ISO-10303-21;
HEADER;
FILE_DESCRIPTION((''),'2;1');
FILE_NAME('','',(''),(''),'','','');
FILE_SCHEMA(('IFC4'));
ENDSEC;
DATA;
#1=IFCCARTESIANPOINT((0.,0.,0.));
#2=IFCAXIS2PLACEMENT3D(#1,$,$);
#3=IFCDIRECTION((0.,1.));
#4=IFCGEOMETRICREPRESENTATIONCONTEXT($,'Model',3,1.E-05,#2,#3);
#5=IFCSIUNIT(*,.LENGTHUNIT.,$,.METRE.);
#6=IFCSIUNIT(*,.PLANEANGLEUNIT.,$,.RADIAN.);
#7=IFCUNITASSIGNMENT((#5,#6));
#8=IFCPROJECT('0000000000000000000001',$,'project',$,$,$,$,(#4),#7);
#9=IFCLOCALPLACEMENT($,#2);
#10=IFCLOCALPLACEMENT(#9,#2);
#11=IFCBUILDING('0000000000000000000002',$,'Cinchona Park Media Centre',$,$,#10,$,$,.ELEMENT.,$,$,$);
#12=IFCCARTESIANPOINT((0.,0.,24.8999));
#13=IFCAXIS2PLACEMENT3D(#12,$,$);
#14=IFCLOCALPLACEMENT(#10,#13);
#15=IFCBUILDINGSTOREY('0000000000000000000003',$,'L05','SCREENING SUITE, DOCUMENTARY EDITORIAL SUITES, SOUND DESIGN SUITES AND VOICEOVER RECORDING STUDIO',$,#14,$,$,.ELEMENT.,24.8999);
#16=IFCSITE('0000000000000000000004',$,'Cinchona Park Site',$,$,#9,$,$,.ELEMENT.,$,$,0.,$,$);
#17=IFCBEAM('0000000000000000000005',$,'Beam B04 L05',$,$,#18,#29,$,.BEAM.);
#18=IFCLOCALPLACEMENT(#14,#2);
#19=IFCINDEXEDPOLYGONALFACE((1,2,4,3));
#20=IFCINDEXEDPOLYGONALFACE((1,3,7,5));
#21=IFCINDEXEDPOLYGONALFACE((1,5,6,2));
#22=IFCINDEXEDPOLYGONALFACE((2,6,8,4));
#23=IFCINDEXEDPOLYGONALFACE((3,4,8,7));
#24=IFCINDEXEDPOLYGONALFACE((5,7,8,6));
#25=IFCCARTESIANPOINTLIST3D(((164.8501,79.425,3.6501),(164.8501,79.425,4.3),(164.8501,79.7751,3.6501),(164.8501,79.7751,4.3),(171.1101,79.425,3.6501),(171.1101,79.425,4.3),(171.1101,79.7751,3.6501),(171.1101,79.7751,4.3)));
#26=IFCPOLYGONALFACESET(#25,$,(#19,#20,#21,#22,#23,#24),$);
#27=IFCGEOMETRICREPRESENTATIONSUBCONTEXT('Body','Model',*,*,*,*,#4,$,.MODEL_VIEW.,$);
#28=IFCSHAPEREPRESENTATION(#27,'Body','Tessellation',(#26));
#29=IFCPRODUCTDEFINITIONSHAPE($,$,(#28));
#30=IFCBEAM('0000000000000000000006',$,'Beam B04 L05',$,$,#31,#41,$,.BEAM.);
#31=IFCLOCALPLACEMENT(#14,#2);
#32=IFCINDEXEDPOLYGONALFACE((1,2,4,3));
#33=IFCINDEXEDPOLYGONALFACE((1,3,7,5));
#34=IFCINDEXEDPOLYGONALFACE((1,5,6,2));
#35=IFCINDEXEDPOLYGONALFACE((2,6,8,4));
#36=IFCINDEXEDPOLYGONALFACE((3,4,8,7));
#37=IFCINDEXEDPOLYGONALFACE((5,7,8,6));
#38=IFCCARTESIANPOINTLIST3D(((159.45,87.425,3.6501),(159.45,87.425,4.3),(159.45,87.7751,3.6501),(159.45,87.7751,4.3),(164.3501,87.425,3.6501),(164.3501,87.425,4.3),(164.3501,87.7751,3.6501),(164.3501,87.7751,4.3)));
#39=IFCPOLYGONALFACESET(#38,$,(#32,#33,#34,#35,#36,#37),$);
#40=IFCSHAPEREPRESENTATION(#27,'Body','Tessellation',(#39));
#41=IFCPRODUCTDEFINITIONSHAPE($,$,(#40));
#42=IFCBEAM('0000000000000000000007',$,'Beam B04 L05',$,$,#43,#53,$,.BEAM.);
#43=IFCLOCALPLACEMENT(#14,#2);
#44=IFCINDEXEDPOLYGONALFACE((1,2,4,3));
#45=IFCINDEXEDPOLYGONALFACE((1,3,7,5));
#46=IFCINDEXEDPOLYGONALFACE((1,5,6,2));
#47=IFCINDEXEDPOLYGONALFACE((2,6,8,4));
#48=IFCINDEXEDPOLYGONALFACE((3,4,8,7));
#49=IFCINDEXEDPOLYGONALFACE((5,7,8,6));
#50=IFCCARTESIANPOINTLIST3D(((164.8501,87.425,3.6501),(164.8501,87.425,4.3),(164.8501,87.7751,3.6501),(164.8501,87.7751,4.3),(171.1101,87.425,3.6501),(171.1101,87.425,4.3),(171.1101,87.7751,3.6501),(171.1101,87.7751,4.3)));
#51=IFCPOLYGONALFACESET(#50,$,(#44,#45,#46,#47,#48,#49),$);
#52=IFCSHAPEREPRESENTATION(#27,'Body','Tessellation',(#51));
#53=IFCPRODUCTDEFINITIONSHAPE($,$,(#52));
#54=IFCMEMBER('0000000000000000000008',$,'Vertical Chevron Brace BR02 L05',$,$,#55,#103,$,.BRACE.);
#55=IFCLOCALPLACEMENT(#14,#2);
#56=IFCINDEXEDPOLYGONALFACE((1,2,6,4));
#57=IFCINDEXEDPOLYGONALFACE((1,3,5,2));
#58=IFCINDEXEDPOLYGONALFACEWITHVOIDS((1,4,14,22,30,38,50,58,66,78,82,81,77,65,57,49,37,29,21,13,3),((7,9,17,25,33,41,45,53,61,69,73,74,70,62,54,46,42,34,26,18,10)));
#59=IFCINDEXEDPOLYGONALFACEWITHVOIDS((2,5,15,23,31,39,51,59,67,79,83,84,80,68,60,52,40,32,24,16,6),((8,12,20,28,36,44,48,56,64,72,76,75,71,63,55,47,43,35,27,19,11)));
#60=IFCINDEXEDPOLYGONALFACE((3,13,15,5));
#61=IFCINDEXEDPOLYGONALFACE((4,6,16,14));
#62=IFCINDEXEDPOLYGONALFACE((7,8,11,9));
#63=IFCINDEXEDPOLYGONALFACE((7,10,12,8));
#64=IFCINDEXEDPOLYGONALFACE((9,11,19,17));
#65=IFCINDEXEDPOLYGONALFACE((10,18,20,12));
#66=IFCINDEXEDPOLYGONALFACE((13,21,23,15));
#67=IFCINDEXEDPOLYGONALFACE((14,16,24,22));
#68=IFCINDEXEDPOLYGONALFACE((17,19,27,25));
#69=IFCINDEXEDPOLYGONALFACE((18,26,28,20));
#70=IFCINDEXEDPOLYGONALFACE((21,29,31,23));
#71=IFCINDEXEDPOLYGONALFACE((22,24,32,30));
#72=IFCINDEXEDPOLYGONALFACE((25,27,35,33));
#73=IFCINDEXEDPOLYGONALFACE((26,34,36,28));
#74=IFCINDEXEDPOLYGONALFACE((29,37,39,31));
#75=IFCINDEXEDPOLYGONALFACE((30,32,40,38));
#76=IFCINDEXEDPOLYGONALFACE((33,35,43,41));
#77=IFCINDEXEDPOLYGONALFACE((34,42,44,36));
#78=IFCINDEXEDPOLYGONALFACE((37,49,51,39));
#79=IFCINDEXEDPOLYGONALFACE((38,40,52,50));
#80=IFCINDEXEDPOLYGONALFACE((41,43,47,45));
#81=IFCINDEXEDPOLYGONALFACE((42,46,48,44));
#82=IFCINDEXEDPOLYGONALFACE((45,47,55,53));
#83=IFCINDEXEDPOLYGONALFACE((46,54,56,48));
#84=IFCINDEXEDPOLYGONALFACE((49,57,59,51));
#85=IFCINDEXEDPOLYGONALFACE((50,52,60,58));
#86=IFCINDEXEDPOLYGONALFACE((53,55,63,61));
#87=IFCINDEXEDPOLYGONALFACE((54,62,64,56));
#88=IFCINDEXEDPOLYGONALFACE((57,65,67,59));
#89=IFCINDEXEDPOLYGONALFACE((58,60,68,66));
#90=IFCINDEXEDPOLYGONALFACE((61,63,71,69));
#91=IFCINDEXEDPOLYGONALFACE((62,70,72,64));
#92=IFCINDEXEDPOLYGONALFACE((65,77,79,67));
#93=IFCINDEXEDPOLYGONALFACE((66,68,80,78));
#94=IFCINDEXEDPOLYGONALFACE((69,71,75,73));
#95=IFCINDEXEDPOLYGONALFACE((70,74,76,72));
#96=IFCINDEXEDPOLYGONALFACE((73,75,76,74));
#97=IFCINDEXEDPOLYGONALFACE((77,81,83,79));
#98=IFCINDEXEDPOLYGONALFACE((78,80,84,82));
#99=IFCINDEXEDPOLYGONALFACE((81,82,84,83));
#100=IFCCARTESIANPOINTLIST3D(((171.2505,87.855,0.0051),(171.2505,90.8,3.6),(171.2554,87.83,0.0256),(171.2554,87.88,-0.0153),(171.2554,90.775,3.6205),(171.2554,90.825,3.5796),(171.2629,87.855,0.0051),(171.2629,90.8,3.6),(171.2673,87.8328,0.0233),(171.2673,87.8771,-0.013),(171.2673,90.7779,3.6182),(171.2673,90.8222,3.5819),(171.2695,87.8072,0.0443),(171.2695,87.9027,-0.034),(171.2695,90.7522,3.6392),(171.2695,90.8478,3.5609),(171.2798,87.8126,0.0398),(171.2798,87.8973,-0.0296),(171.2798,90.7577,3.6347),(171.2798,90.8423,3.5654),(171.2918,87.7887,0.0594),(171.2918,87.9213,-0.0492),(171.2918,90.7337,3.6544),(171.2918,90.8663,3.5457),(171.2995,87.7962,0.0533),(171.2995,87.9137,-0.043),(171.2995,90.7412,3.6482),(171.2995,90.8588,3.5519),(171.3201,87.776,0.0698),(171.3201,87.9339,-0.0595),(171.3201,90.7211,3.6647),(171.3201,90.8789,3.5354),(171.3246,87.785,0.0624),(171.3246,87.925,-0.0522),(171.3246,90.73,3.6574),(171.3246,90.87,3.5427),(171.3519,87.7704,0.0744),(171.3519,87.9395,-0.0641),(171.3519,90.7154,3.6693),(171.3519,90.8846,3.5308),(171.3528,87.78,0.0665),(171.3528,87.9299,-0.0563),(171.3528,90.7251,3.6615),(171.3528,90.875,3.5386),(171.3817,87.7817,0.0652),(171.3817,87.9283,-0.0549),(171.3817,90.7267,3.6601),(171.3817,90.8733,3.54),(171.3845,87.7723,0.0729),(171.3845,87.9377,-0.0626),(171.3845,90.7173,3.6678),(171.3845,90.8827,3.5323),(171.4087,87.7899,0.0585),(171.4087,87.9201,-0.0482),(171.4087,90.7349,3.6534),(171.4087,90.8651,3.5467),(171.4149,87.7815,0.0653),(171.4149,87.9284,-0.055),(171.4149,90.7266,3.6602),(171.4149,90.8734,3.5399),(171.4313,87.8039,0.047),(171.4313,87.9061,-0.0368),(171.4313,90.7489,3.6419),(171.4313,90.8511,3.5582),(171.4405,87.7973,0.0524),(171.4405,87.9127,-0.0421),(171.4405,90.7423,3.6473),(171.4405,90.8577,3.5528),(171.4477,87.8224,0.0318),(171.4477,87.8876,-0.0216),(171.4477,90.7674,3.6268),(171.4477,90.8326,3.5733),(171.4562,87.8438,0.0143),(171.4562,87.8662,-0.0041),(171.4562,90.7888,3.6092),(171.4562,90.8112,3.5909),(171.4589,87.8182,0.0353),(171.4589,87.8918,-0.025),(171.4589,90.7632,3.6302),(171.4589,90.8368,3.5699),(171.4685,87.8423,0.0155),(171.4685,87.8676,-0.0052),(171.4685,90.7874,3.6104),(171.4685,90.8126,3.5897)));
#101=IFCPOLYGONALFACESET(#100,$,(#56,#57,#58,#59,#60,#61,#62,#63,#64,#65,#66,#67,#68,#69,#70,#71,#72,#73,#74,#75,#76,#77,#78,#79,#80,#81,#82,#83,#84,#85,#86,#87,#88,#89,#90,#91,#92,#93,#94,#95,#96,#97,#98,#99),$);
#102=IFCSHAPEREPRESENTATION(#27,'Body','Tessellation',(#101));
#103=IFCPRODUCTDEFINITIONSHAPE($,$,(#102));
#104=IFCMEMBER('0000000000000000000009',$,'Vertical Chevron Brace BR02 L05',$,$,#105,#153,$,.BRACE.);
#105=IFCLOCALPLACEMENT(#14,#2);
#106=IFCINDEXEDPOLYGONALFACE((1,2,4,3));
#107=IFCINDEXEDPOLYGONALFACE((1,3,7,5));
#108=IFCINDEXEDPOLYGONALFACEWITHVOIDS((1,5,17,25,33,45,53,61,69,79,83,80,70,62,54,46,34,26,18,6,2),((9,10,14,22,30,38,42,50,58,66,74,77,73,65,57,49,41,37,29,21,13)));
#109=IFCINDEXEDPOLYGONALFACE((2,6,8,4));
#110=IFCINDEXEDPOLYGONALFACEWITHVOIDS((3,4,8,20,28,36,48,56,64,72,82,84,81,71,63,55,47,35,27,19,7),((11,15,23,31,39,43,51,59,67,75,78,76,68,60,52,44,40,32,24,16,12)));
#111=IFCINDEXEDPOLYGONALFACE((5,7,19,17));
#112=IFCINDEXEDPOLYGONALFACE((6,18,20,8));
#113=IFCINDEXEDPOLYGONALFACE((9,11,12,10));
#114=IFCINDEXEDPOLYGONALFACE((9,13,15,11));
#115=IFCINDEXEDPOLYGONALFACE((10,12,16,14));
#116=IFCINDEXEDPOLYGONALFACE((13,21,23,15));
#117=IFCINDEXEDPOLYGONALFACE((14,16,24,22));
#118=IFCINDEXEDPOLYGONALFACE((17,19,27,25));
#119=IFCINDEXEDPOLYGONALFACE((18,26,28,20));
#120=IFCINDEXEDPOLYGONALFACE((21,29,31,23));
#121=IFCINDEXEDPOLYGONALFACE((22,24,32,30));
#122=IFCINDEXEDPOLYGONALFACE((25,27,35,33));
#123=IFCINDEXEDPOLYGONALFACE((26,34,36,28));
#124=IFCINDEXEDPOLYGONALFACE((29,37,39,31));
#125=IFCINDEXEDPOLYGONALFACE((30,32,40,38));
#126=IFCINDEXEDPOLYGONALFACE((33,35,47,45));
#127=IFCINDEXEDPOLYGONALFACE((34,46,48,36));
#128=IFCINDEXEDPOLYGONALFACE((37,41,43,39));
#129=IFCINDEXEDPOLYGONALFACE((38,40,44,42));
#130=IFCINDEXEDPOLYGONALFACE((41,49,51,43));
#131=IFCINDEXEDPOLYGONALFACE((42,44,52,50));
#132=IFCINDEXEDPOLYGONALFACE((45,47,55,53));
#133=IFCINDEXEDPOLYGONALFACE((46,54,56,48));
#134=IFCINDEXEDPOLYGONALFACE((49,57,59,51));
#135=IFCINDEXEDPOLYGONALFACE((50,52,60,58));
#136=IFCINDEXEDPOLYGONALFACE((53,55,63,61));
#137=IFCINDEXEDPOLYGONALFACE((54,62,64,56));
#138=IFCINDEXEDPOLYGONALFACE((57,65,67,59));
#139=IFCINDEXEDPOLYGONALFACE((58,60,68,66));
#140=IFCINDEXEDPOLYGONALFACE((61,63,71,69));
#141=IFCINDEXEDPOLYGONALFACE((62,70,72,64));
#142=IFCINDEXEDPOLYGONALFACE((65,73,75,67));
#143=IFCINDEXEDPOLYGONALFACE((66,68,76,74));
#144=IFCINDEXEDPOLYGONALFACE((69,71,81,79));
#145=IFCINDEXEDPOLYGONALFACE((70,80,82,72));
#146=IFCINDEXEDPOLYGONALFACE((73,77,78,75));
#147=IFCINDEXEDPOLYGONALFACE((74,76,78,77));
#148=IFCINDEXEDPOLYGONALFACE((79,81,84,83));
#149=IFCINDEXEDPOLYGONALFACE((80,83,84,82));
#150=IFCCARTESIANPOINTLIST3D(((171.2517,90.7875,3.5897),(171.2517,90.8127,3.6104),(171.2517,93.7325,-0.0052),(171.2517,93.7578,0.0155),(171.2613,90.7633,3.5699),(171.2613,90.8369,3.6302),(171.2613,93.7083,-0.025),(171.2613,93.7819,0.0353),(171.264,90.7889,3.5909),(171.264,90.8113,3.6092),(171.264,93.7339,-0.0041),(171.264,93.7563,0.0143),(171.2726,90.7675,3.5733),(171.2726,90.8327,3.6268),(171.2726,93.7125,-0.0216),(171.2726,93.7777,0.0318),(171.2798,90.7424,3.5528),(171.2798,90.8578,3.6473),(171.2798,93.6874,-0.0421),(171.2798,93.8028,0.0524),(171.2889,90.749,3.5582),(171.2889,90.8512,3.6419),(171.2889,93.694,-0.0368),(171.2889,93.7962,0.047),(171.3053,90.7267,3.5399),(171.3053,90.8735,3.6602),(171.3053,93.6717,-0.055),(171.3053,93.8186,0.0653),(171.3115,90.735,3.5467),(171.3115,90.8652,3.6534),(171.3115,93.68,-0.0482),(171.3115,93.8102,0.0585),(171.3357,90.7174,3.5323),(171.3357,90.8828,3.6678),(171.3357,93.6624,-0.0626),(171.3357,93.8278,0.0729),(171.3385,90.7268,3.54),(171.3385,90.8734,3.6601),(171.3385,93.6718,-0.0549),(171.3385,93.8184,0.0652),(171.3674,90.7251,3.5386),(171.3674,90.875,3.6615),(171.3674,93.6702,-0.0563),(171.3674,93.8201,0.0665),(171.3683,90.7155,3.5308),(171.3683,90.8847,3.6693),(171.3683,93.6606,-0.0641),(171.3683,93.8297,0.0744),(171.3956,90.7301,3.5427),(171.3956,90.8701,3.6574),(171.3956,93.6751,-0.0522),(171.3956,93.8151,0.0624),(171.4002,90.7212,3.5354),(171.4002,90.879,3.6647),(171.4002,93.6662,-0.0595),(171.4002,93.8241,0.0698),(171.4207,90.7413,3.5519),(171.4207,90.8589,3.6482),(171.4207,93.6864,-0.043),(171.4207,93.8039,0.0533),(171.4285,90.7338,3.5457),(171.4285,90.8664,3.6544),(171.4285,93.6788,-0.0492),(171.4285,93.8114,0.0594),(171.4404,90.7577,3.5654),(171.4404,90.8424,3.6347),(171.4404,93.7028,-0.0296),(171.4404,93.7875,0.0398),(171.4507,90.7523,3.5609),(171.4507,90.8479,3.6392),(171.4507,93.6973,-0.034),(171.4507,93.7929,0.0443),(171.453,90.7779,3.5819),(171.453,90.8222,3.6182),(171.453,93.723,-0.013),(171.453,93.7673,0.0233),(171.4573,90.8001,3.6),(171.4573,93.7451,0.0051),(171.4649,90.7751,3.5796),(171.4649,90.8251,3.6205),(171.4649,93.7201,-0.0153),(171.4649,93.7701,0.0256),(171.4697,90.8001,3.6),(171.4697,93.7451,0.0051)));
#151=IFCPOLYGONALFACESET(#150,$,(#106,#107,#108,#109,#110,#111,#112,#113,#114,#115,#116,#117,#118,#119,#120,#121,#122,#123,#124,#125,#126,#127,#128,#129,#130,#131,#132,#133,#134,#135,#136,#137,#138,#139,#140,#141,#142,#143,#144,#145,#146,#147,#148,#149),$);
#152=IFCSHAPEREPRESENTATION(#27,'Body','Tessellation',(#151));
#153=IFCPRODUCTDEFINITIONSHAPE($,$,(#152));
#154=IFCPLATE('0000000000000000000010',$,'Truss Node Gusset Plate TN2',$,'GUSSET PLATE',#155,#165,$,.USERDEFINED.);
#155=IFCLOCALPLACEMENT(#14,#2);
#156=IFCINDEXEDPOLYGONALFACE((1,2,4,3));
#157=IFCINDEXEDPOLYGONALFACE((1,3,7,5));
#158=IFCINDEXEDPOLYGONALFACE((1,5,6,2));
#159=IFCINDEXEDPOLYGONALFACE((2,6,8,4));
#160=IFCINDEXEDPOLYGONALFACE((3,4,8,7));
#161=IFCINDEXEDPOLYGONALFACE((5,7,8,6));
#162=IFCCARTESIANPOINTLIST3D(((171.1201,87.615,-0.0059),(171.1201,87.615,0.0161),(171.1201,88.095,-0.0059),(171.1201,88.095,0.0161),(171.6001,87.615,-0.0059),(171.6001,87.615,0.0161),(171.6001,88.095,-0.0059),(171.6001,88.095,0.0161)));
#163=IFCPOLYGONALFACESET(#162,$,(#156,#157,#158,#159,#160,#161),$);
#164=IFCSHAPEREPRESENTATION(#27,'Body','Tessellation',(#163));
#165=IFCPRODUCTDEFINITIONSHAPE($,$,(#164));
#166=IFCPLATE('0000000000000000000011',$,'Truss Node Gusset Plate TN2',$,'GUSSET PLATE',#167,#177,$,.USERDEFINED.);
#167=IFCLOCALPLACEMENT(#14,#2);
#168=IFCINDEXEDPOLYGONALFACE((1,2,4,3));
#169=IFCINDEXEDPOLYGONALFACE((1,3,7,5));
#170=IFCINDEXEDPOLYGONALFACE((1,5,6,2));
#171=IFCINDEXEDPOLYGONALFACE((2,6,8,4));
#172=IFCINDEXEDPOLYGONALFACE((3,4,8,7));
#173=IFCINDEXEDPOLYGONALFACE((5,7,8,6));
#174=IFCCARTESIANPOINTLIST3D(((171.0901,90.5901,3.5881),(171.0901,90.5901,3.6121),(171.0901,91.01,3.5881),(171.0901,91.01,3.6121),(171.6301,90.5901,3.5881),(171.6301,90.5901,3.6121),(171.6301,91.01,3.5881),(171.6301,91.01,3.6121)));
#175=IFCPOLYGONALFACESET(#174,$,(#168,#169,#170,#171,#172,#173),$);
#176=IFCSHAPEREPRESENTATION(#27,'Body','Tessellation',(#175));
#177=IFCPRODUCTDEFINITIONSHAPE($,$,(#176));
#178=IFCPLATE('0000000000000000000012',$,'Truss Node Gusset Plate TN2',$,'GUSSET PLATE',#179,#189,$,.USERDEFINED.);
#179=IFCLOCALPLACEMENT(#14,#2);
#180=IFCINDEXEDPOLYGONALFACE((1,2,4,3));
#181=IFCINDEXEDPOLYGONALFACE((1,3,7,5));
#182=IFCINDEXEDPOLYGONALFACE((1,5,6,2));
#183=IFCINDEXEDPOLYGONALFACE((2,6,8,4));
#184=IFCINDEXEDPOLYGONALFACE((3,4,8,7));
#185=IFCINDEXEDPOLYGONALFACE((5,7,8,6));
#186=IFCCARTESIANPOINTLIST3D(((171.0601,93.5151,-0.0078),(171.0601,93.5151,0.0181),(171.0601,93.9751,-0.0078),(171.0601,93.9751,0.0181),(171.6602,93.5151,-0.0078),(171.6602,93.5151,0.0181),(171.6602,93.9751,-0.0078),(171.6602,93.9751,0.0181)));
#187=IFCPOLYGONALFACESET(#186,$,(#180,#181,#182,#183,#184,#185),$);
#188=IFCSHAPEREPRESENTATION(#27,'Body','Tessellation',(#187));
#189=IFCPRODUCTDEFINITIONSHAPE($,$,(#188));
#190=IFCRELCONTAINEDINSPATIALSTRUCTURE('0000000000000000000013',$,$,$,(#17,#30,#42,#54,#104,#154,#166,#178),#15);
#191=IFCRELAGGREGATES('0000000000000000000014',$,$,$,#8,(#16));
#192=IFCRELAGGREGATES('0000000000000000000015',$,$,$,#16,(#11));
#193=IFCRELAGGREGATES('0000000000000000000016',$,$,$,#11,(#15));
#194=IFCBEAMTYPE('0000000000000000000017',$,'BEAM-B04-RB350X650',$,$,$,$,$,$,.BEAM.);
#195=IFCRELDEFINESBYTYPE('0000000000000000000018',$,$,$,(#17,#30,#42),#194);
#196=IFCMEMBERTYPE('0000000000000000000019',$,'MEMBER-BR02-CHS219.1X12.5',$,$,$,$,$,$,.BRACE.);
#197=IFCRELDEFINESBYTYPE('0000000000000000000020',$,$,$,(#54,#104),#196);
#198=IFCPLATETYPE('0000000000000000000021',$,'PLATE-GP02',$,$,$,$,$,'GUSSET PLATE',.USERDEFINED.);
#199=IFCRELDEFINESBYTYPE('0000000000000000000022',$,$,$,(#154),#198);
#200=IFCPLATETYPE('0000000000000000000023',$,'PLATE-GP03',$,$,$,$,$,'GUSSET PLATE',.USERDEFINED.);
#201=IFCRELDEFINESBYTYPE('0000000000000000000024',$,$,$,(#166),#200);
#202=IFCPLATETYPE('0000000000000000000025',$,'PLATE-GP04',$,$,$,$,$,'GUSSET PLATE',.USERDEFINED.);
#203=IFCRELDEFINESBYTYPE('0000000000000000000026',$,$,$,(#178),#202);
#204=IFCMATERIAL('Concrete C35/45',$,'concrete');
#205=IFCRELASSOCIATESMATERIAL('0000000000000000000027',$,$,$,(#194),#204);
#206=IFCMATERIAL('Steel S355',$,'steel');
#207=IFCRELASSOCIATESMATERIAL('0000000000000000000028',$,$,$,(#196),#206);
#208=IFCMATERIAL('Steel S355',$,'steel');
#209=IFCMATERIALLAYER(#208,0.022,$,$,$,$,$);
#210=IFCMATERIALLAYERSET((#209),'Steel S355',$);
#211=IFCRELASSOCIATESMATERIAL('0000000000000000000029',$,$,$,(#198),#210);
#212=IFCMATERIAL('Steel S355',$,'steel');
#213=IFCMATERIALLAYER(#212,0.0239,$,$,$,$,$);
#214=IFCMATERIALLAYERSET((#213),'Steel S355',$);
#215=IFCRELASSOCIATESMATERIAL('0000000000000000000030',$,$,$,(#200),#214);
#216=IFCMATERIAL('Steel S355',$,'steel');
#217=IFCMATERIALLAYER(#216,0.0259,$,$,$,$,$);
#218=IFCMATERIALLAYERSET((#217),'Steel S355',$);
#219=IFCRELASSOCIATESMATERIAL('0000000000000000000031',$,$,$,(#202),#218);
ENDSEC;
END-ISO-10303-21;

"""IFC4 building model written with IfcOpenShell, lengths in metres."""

from ifc_helpers import new_model, si_unit, direction, frame, origin, origin_2d, place, context, subcontext, project, spatial, rectangle, hollow_circle, extrude, material, layer, layer_set, material_profile, profile_set, type_object, element, save


model = new_model("IFC4")

# Units and contexts
model_context = context("Model", 3, precision=1e-05, world=origin(), true_north=direction((0.0, 1.0)))
body_context = subcontext(model_context, "Body", "Model", "MODEL_VIEW")
ifc_project = project(units=[si_unit("LENGTHUNIT", "METRE"), si_unit("PLANEANGLEUNIT", "RADIAN")], contexts=[model_context])

# Site, building, storey
site_placement = place(None, origin())
site = spatial("IfcSite", under=ifc_project, at=site_placement, Name="Cinchona Park Site", CompositionType="ELEMENT", RefElevation=0.0)
building_placement = place(site_placement, origin())
building = spatial("IfcBuilding", under=site, at=building_placement, Name="Cinchona Park Media Centre", CompositionType="ELEMENT")
storey_placement = place(building_placement, frame((0.0, 0.0, 24.8999)))
storey = spatial("IfcBuildingStorey", under=building, at=storey_placement, Name="L05", Description="SCREENING SUITE, DOCUMENTARY EDITORIAL SUITES, SOUND DESIGN SUITES AND VOICEOVER RECORDING STUDIO", CompositionType="ELEMENT", Elevation=24.8999)

# Beams
ifc_material_1 = material(Name="Concrete C35/45", Category="concrete")
ifc_material_profile_1 = material_profile(ifc_material_1, rectangle(XDim=0.3501, YDim=0.6499, at=origin_2d()), Name="RB 350X650")
ifc_profile_set_1 = profile_set([ifc_material_profile_1], Name="Concrete C35/45")
beam_type_1 = type_object("IfcBeamType", Name="BEAM-B04-RB350X650", PredefinedType="BEAM", material=ifc_profile_set_1)
beam_1_placement = place(storey_placement, frame((164.8501, 79.6001, 3.9751), z_axis=(1.0, 0.0, 0.0), x_axis=(0.0, 1.0, 0.0)))
element("IfcBeam", 1, at=beam_1_placement, inside=storey, type_object=beam_type_1, Name="Beam B04 L05", PredefinedType="BEAM", context=body_context, shape_type="SweptSolid", body=[
    extrude(rectangle(XDim=0.3501, YDim=0.6499, at=origin_2d()), origin(), (0.0, 0.0, 1.0), 6.26),
])
beam_2_placement = place(storey_placement, frame((159.45, 87.6001, 3.9751), z_axis=(1.0, 0.0, 0.0), x_axis=(0.0, 1.0, 0.0)))
element("IfcBeam", 2, at=beam_2_placement, inside=storey, type_object=beam_type_1, Name="Beam B04 L05", PredefinedType="BEAM", context=body_context, shape_type="SweptSolid", body=[
    extrude(rectangle(XDim=0.3501, YDim=0.6499, at=origin_2d()), origin(), (0.0, 0.0, 1.0), 4.9001),
])
beam_3_placement = place(storey_placement, frame((164.8501, 87.6001, 3.9751), z_axis=(1.0, 0.0, 0.0), x_axis=(0.0, 1.0, 0.0)))
element("IfcBeam", 3, at=beam_3_placement, inside=storey, type_object=beam_type_1, Name="Beam B04 L05", PredefinedType="BEAM", context=body_context, shape_type="SweptSolid", body=[
    extrude(rectangle(XDim=0.3501, YDim=0.6499, at=origin_2d()), origin(), (0.0, 0.0, 1.0), 6.26),
])

# Members
ifc_material_2 = material(Name="Steel S355", Category="steel")
ifc_material_profile_2 = material_profile(ifc_material_2, hollow_circle(Radius=0.1096, WallThickness=0.0125, at=origin_2d()), Name="219.1X12.5CHS")
ifc_profile_set_2 = profile_set([ifc_material_profile_2], Name="Steel S355")
member_type = type_object("IfcMemberType", Name="MEMBER-BR02-CHS219.1X12.5", PredefinedType="BRACE", material=ifc_profile_set_2)
for number, where, z_axis, x_axis, name in (
    (4, (171.3601, 87.855, 0.0051), (0.0, 0.633718, 0.773564), (-1.0, 0.0, 0.0), "Vertical Chevron Brace BR02 L05"),
    (5, (171.3601, 93.7451, 0.0051), (0.0, -0.633718, 0.773564), (1.0, 0.0, 0.0), "Vertical Chevron Brace BR02 L05"),
):
    element("IfcMember", number, at=place(storey_placement, frame(where, z_axis=z_axis, x_axis=x_axis)), inside=storey, type_object=member_type, Name=name, PredefinedType="BRACE", context=body_context, shape_type="SweptSolid", body=[
        extrude(hollow_circle(Radius=0.1096, WallThickness=0.0125, at=origin_2d()), origin(), (0.0, 0.0, 1.0), 4.6472),
    ])

# Plates
ifc_material_3 = material(Name="Steel S355", Category="steel")
ifc_layer_1 = layer(ifc_material_3, 0.022)
ifc_layer_set_1 = layer_set([ifc_layer_1], Name="Steel S355")
plate_type_1 = type_object("IfcPlateType", Name="PLATE-GP02", ElementType="GUSSET PLATE", PredefinedType="USERDEFINED", material=ifc_layer_set_1)
plate_1_placement = place(storey_placement, frame((171.3601, 87.855, -0.0059), z_axis=(0.0, 0.0, 1.0), x_axis=(1.0, 0.0, 0.0)))
element("IfcPlate", 6, at=plate_1_placement, inside=storey, type_object=plate_type_1, Name="Truss Node Gusset Plate TN2", ObjectType="GUSSET PLATE", PredefinedType="USERDEFINED", context=body_context, shape_type="SweptSolid", body=[
    extrude(rectangle(XDim=0.48, YDim=0.48, at=origin_2d()), origin(), (0.0, 0.0, 1.0), 0.022),
])
ifc_material_4 = material(Name="Steel S355", Category="steel")
ifc_layer_2 = layer(ifc_material_4, 0.0239)
ifc_layer_set_2 = layer_set([ifc_layer_2], Name="Steel S355")
plate_type_2 = type_object("IfcPlateType", Name="PLATE-GP03", ElementType="GUSSET PLATE", PredefinedType="USERDEFINED", material=ifc_layer_set_2)
plate_2_placement = place(storey_placement, frame((171.3601, 90.8, 3.5881), z_axis=(0.0, 0.0, 1.0), x_axis=(1.0, 0.0, 0.0)))
element("IfcPlate", 7, at=plate_2_placement, inside=storey, type_object=plate_type_2, Name="Truss Node Gusset Plate TN2", ObjectType="GUSSET PLATE", PredefinedType="USERDEFINED", context=body_context, shape_type="SweptSolid", body=[
    extrude(rectangle(XDim=0.54, YDim=0.4199, at=origin_2d()), origin(), (0.0, 0.0, 1.0), 0.0239),
])
ifc_material_5 = material(Name="Steel S355", Category="steel")
ifc_layer_3 = layer(ifc_material_5, 0.0259)
ifc_layer_set_3 = layer_set([ifc_layer_3], Name="Steel S355")
plate_type_3 = type_object("IfcPlateType", Name="PLATE-GP04", ElementType="GUSSET PLATE", PredefinedType="USERDEFINED", material=ifc_layer_set_3)
plate_3_placement = place(storey_placement, frame((171.3601, 93.7451, -0.0078), z_axis=(0.0, 0.0, 1.0), x_axis=(1.0, 0.0, 0.0)))
element("IfcPlate", 8, at=plate_3_placement, inside=storey, type_object=plate_type_3, Name="Truss Node Gusset Plate TN2", ObjectType="GUSSET PLATE", PredefinedType="USERDEFINED", context=body_context, shape_type="SweptSolid", body=[
    extrude(rectangle(XDim=0.6001, YDim=0.46, at=origin_2d()), origin(), (0.0, 0.0, 1.0), 0.0259),
])

save(model, "model.ifc")
